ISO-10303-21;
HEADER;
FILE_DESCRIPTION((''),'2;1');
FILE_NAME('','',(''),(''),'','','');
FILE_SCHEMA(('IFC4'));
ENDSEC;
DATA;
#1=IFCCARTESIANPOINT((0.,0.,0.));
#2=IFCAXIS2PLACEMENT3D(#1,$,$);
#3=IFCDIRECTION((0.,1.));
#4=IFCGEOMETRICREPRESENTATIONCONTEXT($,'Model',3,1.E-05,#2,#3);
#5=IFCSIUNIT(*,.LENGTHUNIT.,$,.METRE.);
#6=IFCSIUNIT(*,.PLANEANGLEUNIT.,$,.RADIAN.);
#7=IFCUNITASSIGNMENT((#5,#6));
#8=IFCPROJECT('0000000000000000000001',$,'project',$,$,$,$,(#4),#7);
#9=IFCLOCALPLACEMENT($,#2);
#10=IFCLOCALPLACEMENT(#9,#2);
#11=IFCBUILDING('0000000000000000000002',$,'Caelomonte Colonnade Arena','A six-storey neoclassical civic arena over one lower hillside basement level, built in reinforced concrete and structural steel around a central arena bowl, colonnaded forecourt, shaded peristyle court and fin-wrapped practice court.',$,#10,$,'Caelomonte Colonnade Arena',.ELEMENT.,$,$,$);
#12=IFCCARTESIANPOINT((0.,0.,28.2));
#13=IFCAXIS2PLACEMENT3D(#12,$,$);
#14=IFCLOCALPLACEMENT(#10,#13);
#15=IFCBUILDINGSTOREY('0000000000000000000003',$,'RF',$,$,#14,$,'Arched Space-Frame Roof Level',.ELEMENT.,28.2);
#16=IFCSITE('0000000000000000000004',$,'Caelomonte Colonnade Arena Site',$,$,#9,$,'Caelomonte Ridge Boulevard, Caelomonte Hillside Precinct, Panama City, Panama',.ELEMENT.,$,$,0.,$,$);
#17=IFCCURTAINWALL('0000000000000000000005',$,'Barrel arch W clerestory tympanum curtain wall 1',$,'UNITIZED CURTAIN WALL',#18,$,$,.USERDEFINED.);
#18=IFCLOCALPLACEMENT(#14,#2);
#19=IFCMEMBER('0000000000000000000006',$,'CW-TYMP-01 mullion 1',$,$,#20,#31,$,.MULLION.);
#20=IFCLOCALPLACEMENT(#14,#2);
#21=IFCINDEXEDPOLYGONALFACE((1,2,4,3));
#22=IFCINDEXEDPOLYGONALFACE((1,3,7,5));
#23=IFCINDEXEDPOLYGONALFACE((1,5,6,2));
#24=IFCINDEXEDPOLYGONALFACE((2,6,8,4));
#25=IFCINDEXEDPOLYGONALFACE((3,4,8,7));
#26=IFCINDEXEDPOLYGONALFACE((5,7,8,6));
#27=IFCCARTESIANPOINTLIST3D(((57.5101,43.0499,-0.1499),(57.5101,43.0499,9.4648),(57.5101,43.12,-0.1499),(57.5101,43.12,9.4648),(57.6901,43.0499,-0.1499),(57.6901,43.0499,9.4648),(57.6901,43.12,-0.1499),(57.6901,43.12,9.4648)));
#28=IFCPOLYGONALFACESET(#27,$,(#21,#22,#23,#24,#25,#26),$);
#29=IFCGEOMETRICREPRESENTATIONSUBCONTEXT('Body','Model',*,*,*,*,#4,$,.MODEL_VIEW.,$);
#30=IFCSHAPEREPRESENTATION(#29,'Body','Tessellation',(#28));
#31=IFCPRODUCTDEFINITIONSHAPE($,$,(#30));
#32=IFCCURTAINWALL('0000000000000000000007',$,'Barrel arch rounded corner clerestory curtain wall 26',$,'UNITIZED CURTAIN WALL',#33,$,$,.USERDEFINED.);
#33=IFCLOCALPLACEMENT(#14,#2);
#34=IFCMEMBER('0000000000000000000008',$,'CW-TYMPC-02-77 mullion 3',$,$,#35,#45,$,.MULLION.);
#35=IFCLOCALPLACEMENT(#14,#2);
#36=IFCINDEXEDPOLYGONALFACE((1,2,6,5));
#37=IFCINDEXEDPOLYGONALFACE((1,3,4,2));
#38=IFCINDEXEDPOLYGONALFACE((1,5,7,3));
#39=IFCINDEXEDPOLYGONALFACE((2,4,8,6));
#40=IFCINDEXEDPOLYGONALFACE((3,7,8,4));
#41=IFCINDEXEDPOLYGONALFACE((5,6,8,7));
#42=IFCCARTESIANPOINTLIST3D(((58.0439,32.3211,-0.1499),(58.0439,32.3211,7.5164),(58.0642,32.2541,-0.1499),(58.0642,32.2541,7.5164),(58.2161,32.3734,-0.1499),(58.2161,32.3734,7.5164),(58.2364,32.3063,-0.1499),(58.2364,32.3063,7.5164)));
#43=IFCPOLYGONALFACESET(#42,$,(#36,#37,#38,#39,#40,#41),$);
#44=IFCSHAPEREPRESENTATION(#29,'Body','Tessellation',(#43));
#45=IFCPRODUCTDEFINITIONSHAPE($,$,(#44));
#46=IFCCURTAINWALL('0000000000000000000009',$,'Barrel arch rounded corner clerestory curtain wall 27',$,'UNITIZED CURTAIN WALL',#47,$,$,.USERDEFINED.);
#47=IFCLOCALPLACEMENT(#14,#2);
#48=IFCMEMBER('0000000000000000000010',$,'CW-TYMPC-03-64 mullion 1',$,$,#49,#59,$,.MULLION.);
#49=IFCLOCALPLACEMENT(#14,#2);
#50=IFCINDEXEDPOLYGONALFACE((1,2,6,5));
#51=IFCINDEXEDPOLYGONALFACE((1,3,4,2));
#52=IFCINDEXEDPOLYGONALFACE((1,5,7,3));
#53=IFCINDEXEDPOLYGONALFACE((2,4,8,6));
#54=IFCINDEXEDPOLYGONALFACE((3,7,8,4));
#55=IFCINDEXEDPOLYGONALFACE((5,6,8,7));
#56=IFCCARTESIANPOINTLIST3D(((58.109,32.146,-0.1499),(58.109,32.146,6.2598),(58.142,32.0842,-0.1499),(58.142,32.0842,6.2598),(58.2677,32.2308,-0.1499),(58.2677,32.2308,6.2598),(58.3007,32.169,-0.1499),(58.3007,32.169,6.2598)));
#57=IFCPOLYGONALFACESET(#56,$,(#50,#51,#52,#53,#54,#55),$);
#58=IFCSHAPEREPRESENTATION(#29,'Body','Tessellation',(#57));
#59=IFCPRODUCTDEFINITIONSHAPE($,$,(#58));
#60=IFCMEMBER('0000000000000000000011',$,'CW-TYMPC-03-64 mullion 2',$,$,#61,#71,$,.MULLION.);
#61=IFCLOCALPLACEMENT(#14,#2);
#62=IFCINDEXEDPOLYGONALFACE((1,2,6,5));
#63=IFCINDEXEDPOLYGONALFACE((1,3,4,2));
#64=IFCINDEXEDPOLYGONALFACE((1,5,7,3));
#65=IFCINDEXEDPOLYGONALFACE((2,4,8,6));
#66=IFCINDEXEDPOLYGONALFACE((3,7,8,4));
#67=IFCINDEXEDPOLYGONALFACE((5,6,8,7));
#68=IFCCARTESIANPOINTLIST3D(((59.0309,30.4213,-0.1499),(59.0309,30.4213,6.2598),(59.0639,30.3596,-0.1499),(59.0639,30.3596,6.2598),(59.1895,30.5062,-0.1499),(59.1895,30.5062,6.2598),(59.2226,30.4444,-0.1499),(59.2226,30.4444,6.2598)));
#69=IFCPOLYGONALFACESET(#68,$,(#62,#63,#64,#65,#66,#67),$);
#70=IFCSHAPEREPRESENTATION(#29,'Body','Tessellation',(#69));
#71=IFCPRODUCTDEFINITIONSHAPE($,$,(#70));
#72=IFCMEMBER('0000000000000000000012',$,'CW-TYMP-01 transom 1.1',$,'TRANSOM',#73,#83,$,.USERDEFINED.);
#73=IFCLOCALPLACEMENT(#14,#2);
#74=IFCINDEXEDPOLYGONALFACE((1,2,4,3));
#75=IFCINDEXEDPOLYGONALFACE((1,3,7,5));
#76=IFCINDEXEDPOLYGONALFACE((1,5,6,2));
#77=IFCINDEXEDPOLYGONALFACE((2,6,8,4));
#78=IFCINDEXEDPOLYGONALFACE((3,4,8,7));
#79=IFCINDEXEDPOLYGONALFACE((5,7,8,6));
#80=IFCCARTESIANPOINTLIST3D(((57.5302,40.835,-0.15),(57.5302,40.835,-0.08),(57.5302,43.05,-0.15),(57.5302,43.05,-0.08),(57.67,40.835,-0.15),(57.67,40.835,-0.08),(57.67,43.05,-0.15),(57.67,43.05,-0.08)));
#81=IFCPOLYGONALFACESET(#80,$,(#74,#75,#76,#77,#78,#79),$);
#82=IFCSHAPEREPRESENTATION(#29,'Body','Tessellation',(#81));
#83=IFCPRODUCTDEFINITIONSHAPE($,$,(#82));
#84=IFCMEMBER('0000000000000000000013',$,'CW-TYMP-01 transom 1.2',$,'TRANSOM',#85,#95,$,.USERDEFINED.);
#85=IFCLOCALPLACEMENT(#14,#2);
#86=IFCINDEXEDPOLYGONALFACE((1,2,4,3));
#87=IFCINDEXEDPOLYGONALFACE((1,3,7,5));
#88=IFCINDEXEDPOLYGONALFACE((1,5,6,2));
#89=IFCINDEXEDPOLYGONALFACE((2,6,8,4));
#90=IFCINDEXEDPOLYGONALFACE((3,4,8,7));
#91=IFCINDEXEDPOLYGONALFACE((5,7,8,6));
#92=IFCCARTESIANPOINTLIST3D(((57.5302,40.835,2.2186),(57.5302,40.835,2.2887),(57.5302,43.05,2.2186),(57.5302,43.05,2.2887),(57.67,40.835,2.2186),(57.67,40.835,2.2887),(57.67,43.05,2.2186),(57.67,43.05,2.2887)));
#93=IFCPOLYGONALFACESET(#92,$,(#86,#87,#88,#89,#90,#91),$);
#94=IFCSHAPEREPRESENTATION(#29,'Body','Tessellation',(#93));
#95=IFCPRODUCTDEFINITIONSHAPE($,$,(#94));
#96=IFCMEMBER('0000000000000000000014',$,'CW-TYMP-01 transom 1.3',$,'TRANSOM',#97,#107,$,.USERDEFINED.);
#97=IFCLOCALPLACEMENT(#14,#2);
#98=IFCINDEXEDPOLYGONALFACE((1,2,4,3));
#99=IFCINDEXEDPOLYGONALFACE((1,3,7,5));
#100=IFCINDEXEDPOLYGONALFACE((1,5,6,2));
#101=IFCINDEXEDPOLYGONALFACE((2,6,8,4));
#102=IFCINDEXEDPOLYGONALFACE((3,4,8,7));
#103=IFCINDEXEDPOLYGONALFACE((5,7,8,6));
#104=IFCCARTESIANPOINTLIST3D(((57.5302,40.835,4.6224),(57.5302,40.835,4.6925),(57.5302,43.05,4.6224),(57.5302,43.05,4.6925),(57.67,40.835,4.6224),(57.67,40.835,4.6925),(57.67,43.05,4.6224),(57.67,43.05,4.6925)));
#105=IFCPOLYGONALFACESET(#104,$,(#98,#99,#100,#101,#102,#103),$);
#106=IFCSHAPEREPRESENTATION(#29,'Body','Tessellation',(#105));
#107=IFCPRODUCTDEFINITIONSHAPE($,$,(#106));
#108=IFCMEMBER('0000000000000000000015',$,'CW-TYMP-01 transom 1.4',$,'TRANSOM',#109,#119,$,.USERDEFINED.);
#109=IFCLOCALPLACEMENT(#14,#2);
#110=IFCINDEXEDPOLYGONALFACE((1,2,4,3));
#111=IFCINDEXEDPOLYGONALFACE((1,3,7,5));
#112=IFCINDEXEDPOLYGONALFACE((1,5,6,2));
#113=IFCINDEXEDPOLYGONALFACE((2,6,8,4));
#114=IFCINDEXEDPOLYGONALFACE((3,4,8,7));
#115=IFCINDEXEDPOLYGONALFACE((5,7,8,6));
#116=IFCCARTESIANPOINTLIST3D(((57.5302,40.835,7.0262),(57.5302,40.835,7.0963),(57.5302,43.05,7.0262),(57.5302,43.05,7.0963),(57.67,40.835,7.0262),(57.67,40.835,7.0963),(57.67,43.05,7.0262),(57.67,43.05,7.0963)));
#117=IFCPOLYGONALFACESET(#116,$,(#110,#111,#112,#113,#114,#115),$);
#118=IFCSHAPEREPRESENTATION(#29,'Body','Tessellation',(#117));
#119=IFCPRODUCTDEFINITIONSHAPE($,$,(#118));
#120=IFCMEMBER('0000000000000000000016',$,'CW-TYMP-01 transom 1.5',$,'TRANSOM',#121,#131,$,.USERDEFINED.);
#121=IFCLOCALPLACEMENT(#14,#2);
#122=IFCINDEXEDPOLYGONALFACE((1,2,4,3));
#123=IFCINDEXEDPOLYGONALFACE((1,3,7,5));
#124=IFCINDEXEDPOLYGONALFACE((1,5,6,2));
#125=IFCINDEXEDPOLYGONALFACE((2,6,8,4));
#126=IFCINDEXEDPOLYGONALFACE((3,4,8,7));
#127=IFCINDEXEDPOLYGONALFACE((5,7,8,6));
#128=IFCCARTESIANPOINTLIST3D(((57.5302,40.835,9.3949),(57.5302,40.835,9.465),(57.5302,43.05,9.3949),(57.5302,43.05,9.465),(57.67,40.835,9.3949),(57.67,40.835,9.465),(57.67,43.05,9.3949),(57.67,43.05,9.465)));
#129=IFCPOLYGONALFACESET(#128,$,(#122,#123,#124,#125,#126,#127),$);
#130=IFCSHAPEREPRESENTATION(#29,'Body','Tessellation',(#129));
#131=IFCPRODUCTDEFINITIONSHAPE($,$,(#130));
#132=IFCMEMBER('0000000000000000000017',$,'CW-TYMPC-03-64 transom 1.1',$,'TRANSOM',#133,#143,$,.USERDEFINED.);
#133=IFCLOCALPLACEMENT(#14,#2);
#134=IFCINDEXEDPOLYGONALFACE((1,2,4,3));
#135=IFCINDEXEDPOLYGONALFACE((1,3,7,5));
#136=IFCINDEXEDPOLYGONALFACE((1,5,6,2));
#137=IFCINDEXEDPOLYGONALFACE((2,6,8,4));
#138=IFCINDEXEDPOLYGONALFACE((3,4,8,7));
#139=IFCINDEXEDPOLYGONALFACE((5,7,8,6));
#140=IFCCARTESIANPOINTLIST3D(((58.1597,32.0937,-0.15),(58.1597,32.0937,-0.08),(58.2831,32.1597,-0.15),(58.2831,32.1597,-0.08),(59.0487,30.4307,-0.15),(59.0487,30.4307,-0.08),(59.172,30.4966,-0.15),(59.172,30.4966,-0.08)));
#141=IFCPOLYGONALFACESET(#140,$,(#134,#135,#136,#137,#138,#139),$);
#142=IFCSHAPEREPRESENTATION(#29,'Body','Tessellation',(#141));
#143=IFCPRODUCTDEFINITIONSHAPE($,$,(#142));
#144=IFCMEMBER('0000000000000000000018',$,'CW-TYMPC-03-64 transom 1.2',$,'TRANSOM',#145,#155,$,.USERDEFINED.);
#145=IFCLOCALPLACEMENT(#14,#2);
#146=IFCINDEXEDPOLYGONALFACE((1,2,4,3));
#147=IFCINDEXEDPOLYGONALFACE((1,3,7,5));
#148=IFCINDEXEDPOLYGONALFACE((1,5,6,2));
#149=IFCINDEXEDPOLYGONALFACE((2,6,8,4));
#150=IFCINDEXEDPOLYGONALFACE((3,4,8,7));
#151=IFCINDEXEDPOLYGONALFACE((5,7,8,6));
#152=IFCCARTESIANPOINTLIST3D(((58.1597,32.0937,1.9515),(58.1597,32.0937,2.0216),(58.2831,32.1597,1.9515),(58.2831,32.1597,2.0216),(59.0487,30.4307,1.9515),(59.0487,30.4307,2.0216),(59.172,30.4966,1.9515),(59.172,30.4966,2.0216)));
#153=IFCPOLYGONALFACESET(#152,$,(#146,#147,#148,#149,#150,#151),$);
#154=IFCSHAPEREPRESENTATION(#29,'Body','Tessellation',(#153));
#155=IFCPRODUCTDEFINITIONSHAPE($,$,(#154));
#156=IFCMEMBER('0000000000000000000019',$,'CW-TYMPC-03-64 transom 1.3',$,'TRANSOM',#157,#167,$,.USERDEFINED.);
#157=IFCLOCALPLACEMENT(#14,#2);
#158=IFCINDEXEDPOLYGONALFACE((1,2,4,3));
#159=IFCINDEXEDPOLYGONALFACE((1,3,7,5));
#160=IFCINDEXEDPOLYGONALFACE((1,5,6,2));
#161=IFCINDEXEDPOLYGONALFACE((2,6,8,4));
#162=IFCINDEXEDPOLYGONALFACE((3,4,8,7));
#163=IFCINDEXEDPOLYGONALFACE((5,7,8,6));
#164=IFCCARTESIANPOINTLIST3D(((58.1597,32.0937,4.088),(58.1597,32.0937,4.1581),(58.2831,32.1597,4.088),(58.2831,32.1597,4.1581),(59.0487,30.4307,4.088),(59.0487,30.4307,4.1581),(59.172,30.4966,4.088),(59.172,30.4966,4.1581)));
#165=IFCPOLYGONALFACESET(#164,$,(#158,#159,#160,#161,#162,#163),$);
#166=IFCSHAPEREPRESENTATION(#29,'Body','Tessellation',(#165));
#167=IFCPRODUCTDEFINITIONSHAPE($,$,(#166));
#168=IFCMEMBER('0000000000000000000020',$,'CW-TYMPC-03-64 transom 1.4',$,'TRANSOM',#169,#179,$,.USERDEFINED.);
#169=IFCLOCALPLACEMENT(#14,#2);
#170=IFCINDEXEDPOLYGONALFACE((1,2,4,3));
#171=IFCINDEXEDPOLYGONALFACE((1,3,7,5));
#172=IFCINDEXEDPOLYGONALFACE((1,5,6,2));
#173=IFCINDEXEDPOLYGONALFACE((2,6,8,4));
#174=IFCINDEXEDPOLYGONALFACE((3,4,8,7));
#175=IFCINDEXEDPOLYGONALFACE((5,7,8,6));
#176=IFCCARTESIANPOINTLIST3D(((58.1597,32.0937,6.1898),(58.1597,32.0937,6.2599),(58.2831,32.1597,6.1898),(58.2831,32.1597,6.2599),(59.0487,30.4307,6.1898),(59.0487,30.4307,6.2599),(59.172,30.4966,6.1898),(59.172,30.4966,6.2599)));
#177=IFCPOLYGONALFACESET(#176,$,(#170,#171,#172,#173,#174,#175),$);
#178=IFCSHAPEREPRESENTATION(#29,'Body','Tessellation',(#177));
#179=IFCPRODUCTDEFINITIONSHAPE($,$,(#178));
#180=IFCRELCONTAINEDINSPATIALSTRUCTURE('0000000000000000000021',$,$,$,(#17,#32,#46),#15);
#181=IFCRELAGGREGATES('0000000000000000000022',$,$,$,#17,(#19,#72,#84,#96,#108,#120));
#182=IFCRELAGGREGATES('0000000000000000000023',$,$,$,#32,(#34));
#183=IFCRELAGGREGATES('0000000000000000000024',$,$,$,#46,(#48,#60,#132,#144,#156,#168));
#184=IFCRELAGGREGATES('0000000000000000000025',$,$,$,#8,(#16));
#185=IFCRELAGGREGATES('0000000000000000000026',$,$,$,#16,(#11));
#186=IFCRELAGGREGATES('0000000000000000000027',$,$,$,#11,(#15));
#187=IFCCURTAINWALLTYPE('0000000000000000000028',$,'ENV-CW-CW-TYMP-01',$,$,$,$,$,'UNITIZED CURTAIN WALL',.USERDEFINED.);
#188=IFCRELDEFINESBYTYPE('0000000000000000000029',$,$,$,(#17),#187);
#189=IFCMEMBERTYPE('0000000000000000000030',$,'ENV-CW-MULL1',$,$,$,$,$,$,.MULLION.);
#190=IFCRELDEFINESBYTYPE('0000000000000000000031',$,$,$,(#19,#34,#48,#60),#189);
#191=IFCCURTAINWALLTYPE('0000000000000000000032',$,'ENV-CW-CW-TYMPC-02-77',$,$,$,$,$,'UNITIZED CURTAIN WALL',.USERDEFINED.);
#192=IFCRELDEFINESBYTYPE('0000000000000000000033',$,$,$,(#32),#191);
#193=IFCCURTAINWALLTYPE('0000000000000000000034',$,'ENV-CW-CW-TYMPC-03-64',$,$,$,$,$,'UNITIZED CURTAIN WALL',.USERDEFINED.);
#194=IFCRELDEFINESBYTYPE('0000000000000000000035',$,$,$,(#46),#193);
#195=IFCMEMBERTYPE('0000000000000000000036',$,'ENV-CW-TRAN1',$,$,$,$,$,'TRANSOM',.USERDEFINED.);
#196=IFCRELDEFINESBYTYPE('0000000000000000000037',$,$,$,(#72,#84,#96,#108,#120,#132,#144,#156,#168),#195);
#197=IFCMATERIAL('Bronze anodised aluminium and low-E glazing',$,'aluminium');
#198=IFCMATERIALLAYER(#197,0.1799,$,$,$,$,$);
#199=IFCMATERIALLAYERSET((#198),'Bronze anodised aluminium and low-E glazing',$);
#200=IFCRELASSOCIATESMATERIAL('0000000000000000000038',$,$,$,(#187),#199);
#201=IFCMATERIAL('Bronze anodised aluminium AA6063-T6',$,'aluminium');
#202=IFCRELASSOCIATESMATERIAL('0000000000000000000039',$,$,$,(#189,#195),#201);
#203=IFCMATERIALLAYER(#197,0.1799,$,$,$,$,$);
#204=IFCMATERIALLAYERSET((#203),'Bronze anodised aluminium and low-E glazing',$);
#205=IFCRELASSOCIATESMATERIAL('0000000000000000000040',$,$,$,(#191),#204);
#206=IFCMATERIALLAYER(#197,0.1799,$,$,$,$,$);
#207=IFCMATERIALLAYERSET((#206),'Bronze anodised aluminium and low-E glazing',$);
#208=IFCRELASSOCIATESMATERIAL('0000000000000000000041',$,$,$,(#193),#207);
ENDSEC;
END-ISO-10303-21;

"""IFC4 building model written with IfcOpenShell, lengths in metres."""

from ifc_helpers import new_model, si_unit, direction, frame, origin, origin_2d, place, context, subcontext, project, spatial, rectangle, extrude, material, layer, layer_set, material_profile, profile_set, type_object, element, aggregate, save


model = new_model("IFC4")

# Units and contexts
model_context = context("Model", 3, precision=1e-05, world=origin(), true_north=direction((0.0, 1.0)))
body_context = subcontext(model_context, "Body", "Model", "MODEL_VIEW")
ifc_project = project(units=[si_unit("LENGTHUNIT", "METRE"), si_unit("PLANEANGLEUNIT", "RADIAN")], contexts=[model_context])

# Site, building, storey
site_placement = place(None, origin())
site = spatial("IfcSite", under=ifc_project, at=site_placement, Name="Caelomonte Colonnade Arena Site", LongName="Caelomonte Ridge Boulevard, Caelomonte Hillside Precinct, Panama City, Panama", CompositionType="ELEMENT", RefElevation=0.0)
building_placement = place(site_placement, origin())
building = spatial("IfcBuilding", under=site, at=building_placement, Name="Caelomonte Colonnade Arena", Description="A six-storey neoclassical civic arena over one lower hillside basement level, built in reinforced concrete and structural steel around a central arena bowl, colonnaded forecourt, shaded peristyle court and fin-wrapped practice court.", LongName="Caelomonte Colonnade Arena", CompositionType="ELEMENT")
storey_placement = place(building_placement, frame((0.0, 0.0, 28.2)))
storey = spatial("IfcBuildingStorey", under=building, at=storey_placement, Name="RF", LongName="Arched Space-Frame Roof Level", CompositionType="ELEMENT", Elevation=28.2)

# Curtain walls, members
ifc_material_1 = material(Name="Bronze anodised aluminium and low-E glazing", Category="aluminium")
ifc_layer_1 = layer(ifc_material_1, 0.1799)
ifc_layer_set_1 = layer_set([ifc_layer_1], Name="Bronze anodised aluminium and low-E glazing")
curtain_wall_type_1 = type_object("IfcCurtainWallType", Name="ENV-CW-CW-TYMP-01", ElementType="UNITIZED CURTAIN WALL", PredefinedType="USERDEFINED", material=ifc_layer_set_1)
curtain_wall_1_placement = place(storey_placement, origin())
curtain_wall_1 = element("IfcCurtainWall", 1, at=curtain_wall_1_placement, inside=storey, type_object=curtain_wall_type_1, Name="Barrel arch W clerestory tympanum curtain wall 1", ObjectType="UNITIZED CURTAIN WALL", PredefinedType="USERDEFINED")
ifc_material_2 = material(Name="Bronze anodised aluminium AA6063-T6", Category="aluminium")
ifc_material_profile_1 = material_profile(ifc_material_2, rectangle(XDim=0.0701, YDim=0.1799, at=origin_2d()), Name="CWM-70X180")
ifc_profile_set_1 = profile_set([ifc_material_profile_1], Name="Bronze anodised aluminium AA6063-T6")
member_type_1 = type_object("IfcMemberType", Name="ENV-CW-MULL1", PredefinedType="MULLION", material=ifc_profile_set_1)
member_1_placement = place(storey_placement, frame((57.6001, 43.085, -0.1499), z_axis=(0.0, 0.0, 1.0), x_axis=(0.0, -1.0, 0.0)))
member_1 = element("IfcMember", 2, at=member_1_placement, type_object=member_type_1, Name="CW-TYMP-01 mullion 1", PredefinedType="MULLION", context=body_context, shape_type="SweptSolid", body=[
    extrude(rectangle(XDim=0.0701, YDim=0.1799, at=origin_2d()), origin(), (0.0, 0.0, 1.0), 9.6147),
])
ifc_layer_2 = layer(ifc_material_1, 0.1799)
ifc_layer_set_2 = layer_set([ifc_layer_2], Name="Bronze anodised aluminium and low-E glazing")
curtain_wall_type_2 = type_object("IfcCurtainWallType", Name="ENV-CW-CW-TYMPC-02-77", ElementType="UNITIZED CURTAIN WALL", PredefinedType="USERDEFINED", material=ifc_layer_set_2)
curtain_wall_2_placement = place(storey_placement, origin())
curtain_wall_2 = element("IfcCurtainWall", 3, at=curtain_wall_2_placement, inside=storey, type_object=curtain_wall_type_2, Name="Barrel arch rounded corner clerestory curtain wall 26", ObjectType="UNITIZED CURTAIN WALL", PredefinedType="USERDEFINED")
member_2_placement = place(storey_placement, frame((58.1401, 32.3137, -0.1499), z_axis=(0.0, 0.0, 1.0), x_axis=(0.290266, -0.956946, 0.0)))
member_2 = element("IfcMember", 4, at=member_2_placement, type_object=member_type_1, Name="CW-TYMPC-02-77 mullion 3", PredefinedType="MULLION", context=body_context, shape_type="SweptSolid", body=[
    extrude(rectangle(XDim=0.0701, YDim=0.1799, at=origin_2d()), origin(), (0.0, 0.0, 1.0), 7.6663),
])

# Curtain wall, members
ifc_layer_3 = layer(ifc_material_1, 0.1799)
ifc_layer_set_3 = layer_set([ifc_layer_3], Name="Bronze anodised aluminium and low-E glazing")
curtain_wall_type_3 = type_object("IfcCurtainWallType", Name="ENV-CW-CW-TYMPC-03-64", ElementType="UNITIZED CURTAIN WALL", PredefinedType="USERDEFINED", material=ifc_layer_set_3)
curtain_wall_3_placement = place(storey_placement, origin())
curtain_wall_3 = element("IfcCurtainWall", 5, at=curtain_wall_3_placement, inside=storey, type_object=curtain_wall_type_3, Name="Barrel arch rounded corner clerestory curtain wall 27", ObjectType="UNITIZED CURTAIN WALL", PredefinedType="USERDEFINED")
member_3_placement = place(storey_placement, frame((58.2048, 32.1575, -0.1499), z_axis=(0.0, 0.0, 1.0), x_axis=(0.471391, -0.881924, 0.0)))
member_3 = element("IfcMember", 6, at=member_3_placement, type_object=member_type_1, Name="CW-TYMPC-03-64 mullion 1", PredefinedType="MULLION", context=body_context, shape_type="SweptSolid", body=[
    extrude(rectangle(XDim=0.0701, YDim=0.1799, at=origin_2d()), origin(), (0.0, 0.0, 1.0), 6.4097),
])
member_4_placement = place(storey_placement, frame((59.1267, 30.4329, -0.1499), z_axis=(0.0, 0.0, 1.0), x_axis=(0.471391, -0.881924, 0.0)))
member_4 = element("IfcMember", 7, at=member_4_placement, type_object=member_type_1, Name="CW-TYMPC-03-64 mullion 2", PredefinedType="MULLION", context=body_context, shape_type="SweptSolid", body=[
    extrude(rectangle(XDim=0.0701, YDim=0.1799, at=origin_2d()), origin(), (0.0, 0.0, 1.0), 6.4097),
])

# Members
ifc_material_profile_2 = material_profile(ifc_material_2, rectangle(XDim=0.0701, YDim=0.1399, at=origin_2d()), Name="CWT-70X140")
ifc_profile_set_2 = profile_set([ifc_material_profile_2], Name="Bronze anodised aluminium AA6063-T6")
member_type_2 = type_object("IfcMemberType", Name="ENV-CW-TRAN1", ElementType="TRANSOM", PredefinedType="USERDEFINED", material=ifc_profile_set_2)
member_5_placement = place(storey_placement, frame((57.6001, 43.05, -0.115), z_axis=(0.0, -1.0, 0.0), x_axis=(0.0, 0.0, 1.0)))
member_5 = element("IfcMember", 8, at=member_5_placement, type_object=member_type_2, Name="CW-TYMP-01 transom 1.1", ObjectType="TRANSOM", PredefinedType="USERDEFINED", context=body_context, shape_type="SweptSolid", body=[
    extrude(rectangle(XDim=0.0701, YDim=0.1399, at=origin_2d()), origin(), (0.0, 0.0, 1.0), 2.2151),
])
member_6_placement = place(storey_placement, frame((57.6001, 43.05, 2.2537), z_axis=(0.0, -1.0, 0.0), x_axis=(0.0, 0.0, 1.0)))
member_6 = element("IfcMember", 9, at=member_6_placement, type_object=member_type_2, Name="CW-TYMP-01 transom 1.2", ObjectType="TRANSOM", PredefinedType="USERDEFINED", context=body_context, shape_type="SweptSolid", body=[
    extrude(rectangle(XDim=0.0701, YDim=0.1399, at=origin_2d()), origin(), (0.0, 0.0, 1.0), 2.2151),
])
member_7_placement = place(storey_placement, frame((57.6001, 43.05, 4.6575), z_axis=(0.0, -1.0, 0.0), x_axis=(0.0, 0.0, 1.0)))
member_7 = element("IfcMember", 10, at=member_7_placement, type_object=member_type_2, Name="CW-TYMP-01 transom 1.3", ObjectType="TRANSOM", PredefinedType="USERDEFINED", context=body_context, shape_type="SweptSolid", body=[
    extrude(rectangle(XDim=0.0701, YDim=0.1399, at=origin_2d()), origin(), (0.0, 0.0, 1.0), 2.2151),
])
member_8_placement = place(storey_placement, frame((57.6001, 43.05, 7.0613), z_axis=(0.0, -1.0, 0.0), x_axis=(0.0, 0.0, 1.0)))
member_8 = element("IfcMember", 11, at=member_8_placement, type_object=member_type_2, Name="CW-TYMP-01 transom 1.4", ObjectType="TRANSOM", PredefinedType="USERDEFINED", context=body_context, shape_type="SweptSolid", body=[
    extrude(rectangle(XDim=0.0701, YDim=0.1399, at=origin_2d()), origin(), (0.0, 0.0, 1.0), 2.2151),
])
member_9_placement = place(storey_placement, frame((57.6001, 43.05, 9.4299), z_axis=(0.0, -1.0, 0.0), x_axis=(0.0, 0.0, 1.0)))
member_9 = element("IfcMember", 12, at=member_9_placement, type_object=member_type_2, Name="CW-TYMP-01 transom 1.5", ObjectType="TRANSOM", PredefinedType="USERDEFINED", context=body_context, shape_type="SweptSolid", body=[
    extrude(rectangle(XDim=0.0701, YDim=0.1399, at=origin_2d()), origin(), (0.0, 0.0, 1.0), 2.2151),
])
aggregate(curtain_wall_1, [member_1, member_5, member_6, member_7, member_8, member_9])
member_10_placement = place(storey_placement, frame((58.2214, 32.1267, -0.115), z_axis=(0.471388, -0.881926, 0.0), x_axis=(0.0, 0.0, 1.0)))
member_10 = element("IfcMember", 13, at=member_10_placement, type_object=member_type_2, Name="CW-TYMPC-03-64 transom 1.1", ObjectType="TRANSOM", PredefinedType="USERDEFINED", context=body_context, shape_type="SweptSolid", body=[
    extrude(rectangle(XDim=0.0701, YDim=0.1399, at=origin_2d()), origin(), (0.0, 0.0, 1.0), 1.8857),
])
member_11_placement = place(storey_placement, frame((58.2214, 32.1267, 1.9866), z_axis=(0.471388, -0.881926, 0.0), x_axis=(0.0, 0.0, 1.0)))
member_11 = element("IfcMember", 14, at=member_11_placement, type_object=member_type_2, Name="CW-TYMPC-03-64 transom 1.2", ObjectType="TRANSOM", PredefinedType="USERDEFINED", context=body_context, shape_type="SweptSolid", body=[
    extrude(rectangle(XDim=0.0701, YDim=0.1399, at=origin_2d()), origin(), (0.0, 0.0, 1.0), 1.8857),
])
member_12_placement = place(storey_placement, frame((58.2214, 32.1267, 4.123), z_axis=(0.471388, -0.881926, 0.0), x_axis=(0.0, 0.0, 1.0)))
member_12 = element("IfcMember", 15, at=member_12_placement, type_object=member_type_2, Name="CW-TYMPC-03-64 transom 1.3", ObjectType="TRANSOM", PredefinedType="USERDEFINED", context=body_context, shape_type="SweptSolid", body=[
    extrude(rectangle(XDim=0.0701, YDim=0.1399, at=origin_2d()), origin(), (0.0, 0.0, 1.0), 1.8857),
])
member_13_placement = place(storey_placement, frame((58.2214, 32.1267, 6.2249), z_axis=(0.471388, -0.881926, 0.0), x_axis=(0.0, 0.0, 1.0)))
member_13 = element("IfcMember", 16, at=member_13_placement, type_object=member_type_2, Name="CW-TYMPC-03-64 transom 1.4", ObjectType="TRANSOM", PredefinedType="USERDEFINED", context=body_context, shape_type="SweptSolid", body=[
    extrude(rectangle(XDim=0.0701, YDim=0.1399, at=origin_2d()), origin(), (0.0, 0.0, 1.0), 1.8857),
])

aggregate(curtain_wall_2, [member_2])
aggregate(curtain_wall_3, [member_3, member_4, member_10, member_11, member_12, member_13])

save(model, "model.ifc")
